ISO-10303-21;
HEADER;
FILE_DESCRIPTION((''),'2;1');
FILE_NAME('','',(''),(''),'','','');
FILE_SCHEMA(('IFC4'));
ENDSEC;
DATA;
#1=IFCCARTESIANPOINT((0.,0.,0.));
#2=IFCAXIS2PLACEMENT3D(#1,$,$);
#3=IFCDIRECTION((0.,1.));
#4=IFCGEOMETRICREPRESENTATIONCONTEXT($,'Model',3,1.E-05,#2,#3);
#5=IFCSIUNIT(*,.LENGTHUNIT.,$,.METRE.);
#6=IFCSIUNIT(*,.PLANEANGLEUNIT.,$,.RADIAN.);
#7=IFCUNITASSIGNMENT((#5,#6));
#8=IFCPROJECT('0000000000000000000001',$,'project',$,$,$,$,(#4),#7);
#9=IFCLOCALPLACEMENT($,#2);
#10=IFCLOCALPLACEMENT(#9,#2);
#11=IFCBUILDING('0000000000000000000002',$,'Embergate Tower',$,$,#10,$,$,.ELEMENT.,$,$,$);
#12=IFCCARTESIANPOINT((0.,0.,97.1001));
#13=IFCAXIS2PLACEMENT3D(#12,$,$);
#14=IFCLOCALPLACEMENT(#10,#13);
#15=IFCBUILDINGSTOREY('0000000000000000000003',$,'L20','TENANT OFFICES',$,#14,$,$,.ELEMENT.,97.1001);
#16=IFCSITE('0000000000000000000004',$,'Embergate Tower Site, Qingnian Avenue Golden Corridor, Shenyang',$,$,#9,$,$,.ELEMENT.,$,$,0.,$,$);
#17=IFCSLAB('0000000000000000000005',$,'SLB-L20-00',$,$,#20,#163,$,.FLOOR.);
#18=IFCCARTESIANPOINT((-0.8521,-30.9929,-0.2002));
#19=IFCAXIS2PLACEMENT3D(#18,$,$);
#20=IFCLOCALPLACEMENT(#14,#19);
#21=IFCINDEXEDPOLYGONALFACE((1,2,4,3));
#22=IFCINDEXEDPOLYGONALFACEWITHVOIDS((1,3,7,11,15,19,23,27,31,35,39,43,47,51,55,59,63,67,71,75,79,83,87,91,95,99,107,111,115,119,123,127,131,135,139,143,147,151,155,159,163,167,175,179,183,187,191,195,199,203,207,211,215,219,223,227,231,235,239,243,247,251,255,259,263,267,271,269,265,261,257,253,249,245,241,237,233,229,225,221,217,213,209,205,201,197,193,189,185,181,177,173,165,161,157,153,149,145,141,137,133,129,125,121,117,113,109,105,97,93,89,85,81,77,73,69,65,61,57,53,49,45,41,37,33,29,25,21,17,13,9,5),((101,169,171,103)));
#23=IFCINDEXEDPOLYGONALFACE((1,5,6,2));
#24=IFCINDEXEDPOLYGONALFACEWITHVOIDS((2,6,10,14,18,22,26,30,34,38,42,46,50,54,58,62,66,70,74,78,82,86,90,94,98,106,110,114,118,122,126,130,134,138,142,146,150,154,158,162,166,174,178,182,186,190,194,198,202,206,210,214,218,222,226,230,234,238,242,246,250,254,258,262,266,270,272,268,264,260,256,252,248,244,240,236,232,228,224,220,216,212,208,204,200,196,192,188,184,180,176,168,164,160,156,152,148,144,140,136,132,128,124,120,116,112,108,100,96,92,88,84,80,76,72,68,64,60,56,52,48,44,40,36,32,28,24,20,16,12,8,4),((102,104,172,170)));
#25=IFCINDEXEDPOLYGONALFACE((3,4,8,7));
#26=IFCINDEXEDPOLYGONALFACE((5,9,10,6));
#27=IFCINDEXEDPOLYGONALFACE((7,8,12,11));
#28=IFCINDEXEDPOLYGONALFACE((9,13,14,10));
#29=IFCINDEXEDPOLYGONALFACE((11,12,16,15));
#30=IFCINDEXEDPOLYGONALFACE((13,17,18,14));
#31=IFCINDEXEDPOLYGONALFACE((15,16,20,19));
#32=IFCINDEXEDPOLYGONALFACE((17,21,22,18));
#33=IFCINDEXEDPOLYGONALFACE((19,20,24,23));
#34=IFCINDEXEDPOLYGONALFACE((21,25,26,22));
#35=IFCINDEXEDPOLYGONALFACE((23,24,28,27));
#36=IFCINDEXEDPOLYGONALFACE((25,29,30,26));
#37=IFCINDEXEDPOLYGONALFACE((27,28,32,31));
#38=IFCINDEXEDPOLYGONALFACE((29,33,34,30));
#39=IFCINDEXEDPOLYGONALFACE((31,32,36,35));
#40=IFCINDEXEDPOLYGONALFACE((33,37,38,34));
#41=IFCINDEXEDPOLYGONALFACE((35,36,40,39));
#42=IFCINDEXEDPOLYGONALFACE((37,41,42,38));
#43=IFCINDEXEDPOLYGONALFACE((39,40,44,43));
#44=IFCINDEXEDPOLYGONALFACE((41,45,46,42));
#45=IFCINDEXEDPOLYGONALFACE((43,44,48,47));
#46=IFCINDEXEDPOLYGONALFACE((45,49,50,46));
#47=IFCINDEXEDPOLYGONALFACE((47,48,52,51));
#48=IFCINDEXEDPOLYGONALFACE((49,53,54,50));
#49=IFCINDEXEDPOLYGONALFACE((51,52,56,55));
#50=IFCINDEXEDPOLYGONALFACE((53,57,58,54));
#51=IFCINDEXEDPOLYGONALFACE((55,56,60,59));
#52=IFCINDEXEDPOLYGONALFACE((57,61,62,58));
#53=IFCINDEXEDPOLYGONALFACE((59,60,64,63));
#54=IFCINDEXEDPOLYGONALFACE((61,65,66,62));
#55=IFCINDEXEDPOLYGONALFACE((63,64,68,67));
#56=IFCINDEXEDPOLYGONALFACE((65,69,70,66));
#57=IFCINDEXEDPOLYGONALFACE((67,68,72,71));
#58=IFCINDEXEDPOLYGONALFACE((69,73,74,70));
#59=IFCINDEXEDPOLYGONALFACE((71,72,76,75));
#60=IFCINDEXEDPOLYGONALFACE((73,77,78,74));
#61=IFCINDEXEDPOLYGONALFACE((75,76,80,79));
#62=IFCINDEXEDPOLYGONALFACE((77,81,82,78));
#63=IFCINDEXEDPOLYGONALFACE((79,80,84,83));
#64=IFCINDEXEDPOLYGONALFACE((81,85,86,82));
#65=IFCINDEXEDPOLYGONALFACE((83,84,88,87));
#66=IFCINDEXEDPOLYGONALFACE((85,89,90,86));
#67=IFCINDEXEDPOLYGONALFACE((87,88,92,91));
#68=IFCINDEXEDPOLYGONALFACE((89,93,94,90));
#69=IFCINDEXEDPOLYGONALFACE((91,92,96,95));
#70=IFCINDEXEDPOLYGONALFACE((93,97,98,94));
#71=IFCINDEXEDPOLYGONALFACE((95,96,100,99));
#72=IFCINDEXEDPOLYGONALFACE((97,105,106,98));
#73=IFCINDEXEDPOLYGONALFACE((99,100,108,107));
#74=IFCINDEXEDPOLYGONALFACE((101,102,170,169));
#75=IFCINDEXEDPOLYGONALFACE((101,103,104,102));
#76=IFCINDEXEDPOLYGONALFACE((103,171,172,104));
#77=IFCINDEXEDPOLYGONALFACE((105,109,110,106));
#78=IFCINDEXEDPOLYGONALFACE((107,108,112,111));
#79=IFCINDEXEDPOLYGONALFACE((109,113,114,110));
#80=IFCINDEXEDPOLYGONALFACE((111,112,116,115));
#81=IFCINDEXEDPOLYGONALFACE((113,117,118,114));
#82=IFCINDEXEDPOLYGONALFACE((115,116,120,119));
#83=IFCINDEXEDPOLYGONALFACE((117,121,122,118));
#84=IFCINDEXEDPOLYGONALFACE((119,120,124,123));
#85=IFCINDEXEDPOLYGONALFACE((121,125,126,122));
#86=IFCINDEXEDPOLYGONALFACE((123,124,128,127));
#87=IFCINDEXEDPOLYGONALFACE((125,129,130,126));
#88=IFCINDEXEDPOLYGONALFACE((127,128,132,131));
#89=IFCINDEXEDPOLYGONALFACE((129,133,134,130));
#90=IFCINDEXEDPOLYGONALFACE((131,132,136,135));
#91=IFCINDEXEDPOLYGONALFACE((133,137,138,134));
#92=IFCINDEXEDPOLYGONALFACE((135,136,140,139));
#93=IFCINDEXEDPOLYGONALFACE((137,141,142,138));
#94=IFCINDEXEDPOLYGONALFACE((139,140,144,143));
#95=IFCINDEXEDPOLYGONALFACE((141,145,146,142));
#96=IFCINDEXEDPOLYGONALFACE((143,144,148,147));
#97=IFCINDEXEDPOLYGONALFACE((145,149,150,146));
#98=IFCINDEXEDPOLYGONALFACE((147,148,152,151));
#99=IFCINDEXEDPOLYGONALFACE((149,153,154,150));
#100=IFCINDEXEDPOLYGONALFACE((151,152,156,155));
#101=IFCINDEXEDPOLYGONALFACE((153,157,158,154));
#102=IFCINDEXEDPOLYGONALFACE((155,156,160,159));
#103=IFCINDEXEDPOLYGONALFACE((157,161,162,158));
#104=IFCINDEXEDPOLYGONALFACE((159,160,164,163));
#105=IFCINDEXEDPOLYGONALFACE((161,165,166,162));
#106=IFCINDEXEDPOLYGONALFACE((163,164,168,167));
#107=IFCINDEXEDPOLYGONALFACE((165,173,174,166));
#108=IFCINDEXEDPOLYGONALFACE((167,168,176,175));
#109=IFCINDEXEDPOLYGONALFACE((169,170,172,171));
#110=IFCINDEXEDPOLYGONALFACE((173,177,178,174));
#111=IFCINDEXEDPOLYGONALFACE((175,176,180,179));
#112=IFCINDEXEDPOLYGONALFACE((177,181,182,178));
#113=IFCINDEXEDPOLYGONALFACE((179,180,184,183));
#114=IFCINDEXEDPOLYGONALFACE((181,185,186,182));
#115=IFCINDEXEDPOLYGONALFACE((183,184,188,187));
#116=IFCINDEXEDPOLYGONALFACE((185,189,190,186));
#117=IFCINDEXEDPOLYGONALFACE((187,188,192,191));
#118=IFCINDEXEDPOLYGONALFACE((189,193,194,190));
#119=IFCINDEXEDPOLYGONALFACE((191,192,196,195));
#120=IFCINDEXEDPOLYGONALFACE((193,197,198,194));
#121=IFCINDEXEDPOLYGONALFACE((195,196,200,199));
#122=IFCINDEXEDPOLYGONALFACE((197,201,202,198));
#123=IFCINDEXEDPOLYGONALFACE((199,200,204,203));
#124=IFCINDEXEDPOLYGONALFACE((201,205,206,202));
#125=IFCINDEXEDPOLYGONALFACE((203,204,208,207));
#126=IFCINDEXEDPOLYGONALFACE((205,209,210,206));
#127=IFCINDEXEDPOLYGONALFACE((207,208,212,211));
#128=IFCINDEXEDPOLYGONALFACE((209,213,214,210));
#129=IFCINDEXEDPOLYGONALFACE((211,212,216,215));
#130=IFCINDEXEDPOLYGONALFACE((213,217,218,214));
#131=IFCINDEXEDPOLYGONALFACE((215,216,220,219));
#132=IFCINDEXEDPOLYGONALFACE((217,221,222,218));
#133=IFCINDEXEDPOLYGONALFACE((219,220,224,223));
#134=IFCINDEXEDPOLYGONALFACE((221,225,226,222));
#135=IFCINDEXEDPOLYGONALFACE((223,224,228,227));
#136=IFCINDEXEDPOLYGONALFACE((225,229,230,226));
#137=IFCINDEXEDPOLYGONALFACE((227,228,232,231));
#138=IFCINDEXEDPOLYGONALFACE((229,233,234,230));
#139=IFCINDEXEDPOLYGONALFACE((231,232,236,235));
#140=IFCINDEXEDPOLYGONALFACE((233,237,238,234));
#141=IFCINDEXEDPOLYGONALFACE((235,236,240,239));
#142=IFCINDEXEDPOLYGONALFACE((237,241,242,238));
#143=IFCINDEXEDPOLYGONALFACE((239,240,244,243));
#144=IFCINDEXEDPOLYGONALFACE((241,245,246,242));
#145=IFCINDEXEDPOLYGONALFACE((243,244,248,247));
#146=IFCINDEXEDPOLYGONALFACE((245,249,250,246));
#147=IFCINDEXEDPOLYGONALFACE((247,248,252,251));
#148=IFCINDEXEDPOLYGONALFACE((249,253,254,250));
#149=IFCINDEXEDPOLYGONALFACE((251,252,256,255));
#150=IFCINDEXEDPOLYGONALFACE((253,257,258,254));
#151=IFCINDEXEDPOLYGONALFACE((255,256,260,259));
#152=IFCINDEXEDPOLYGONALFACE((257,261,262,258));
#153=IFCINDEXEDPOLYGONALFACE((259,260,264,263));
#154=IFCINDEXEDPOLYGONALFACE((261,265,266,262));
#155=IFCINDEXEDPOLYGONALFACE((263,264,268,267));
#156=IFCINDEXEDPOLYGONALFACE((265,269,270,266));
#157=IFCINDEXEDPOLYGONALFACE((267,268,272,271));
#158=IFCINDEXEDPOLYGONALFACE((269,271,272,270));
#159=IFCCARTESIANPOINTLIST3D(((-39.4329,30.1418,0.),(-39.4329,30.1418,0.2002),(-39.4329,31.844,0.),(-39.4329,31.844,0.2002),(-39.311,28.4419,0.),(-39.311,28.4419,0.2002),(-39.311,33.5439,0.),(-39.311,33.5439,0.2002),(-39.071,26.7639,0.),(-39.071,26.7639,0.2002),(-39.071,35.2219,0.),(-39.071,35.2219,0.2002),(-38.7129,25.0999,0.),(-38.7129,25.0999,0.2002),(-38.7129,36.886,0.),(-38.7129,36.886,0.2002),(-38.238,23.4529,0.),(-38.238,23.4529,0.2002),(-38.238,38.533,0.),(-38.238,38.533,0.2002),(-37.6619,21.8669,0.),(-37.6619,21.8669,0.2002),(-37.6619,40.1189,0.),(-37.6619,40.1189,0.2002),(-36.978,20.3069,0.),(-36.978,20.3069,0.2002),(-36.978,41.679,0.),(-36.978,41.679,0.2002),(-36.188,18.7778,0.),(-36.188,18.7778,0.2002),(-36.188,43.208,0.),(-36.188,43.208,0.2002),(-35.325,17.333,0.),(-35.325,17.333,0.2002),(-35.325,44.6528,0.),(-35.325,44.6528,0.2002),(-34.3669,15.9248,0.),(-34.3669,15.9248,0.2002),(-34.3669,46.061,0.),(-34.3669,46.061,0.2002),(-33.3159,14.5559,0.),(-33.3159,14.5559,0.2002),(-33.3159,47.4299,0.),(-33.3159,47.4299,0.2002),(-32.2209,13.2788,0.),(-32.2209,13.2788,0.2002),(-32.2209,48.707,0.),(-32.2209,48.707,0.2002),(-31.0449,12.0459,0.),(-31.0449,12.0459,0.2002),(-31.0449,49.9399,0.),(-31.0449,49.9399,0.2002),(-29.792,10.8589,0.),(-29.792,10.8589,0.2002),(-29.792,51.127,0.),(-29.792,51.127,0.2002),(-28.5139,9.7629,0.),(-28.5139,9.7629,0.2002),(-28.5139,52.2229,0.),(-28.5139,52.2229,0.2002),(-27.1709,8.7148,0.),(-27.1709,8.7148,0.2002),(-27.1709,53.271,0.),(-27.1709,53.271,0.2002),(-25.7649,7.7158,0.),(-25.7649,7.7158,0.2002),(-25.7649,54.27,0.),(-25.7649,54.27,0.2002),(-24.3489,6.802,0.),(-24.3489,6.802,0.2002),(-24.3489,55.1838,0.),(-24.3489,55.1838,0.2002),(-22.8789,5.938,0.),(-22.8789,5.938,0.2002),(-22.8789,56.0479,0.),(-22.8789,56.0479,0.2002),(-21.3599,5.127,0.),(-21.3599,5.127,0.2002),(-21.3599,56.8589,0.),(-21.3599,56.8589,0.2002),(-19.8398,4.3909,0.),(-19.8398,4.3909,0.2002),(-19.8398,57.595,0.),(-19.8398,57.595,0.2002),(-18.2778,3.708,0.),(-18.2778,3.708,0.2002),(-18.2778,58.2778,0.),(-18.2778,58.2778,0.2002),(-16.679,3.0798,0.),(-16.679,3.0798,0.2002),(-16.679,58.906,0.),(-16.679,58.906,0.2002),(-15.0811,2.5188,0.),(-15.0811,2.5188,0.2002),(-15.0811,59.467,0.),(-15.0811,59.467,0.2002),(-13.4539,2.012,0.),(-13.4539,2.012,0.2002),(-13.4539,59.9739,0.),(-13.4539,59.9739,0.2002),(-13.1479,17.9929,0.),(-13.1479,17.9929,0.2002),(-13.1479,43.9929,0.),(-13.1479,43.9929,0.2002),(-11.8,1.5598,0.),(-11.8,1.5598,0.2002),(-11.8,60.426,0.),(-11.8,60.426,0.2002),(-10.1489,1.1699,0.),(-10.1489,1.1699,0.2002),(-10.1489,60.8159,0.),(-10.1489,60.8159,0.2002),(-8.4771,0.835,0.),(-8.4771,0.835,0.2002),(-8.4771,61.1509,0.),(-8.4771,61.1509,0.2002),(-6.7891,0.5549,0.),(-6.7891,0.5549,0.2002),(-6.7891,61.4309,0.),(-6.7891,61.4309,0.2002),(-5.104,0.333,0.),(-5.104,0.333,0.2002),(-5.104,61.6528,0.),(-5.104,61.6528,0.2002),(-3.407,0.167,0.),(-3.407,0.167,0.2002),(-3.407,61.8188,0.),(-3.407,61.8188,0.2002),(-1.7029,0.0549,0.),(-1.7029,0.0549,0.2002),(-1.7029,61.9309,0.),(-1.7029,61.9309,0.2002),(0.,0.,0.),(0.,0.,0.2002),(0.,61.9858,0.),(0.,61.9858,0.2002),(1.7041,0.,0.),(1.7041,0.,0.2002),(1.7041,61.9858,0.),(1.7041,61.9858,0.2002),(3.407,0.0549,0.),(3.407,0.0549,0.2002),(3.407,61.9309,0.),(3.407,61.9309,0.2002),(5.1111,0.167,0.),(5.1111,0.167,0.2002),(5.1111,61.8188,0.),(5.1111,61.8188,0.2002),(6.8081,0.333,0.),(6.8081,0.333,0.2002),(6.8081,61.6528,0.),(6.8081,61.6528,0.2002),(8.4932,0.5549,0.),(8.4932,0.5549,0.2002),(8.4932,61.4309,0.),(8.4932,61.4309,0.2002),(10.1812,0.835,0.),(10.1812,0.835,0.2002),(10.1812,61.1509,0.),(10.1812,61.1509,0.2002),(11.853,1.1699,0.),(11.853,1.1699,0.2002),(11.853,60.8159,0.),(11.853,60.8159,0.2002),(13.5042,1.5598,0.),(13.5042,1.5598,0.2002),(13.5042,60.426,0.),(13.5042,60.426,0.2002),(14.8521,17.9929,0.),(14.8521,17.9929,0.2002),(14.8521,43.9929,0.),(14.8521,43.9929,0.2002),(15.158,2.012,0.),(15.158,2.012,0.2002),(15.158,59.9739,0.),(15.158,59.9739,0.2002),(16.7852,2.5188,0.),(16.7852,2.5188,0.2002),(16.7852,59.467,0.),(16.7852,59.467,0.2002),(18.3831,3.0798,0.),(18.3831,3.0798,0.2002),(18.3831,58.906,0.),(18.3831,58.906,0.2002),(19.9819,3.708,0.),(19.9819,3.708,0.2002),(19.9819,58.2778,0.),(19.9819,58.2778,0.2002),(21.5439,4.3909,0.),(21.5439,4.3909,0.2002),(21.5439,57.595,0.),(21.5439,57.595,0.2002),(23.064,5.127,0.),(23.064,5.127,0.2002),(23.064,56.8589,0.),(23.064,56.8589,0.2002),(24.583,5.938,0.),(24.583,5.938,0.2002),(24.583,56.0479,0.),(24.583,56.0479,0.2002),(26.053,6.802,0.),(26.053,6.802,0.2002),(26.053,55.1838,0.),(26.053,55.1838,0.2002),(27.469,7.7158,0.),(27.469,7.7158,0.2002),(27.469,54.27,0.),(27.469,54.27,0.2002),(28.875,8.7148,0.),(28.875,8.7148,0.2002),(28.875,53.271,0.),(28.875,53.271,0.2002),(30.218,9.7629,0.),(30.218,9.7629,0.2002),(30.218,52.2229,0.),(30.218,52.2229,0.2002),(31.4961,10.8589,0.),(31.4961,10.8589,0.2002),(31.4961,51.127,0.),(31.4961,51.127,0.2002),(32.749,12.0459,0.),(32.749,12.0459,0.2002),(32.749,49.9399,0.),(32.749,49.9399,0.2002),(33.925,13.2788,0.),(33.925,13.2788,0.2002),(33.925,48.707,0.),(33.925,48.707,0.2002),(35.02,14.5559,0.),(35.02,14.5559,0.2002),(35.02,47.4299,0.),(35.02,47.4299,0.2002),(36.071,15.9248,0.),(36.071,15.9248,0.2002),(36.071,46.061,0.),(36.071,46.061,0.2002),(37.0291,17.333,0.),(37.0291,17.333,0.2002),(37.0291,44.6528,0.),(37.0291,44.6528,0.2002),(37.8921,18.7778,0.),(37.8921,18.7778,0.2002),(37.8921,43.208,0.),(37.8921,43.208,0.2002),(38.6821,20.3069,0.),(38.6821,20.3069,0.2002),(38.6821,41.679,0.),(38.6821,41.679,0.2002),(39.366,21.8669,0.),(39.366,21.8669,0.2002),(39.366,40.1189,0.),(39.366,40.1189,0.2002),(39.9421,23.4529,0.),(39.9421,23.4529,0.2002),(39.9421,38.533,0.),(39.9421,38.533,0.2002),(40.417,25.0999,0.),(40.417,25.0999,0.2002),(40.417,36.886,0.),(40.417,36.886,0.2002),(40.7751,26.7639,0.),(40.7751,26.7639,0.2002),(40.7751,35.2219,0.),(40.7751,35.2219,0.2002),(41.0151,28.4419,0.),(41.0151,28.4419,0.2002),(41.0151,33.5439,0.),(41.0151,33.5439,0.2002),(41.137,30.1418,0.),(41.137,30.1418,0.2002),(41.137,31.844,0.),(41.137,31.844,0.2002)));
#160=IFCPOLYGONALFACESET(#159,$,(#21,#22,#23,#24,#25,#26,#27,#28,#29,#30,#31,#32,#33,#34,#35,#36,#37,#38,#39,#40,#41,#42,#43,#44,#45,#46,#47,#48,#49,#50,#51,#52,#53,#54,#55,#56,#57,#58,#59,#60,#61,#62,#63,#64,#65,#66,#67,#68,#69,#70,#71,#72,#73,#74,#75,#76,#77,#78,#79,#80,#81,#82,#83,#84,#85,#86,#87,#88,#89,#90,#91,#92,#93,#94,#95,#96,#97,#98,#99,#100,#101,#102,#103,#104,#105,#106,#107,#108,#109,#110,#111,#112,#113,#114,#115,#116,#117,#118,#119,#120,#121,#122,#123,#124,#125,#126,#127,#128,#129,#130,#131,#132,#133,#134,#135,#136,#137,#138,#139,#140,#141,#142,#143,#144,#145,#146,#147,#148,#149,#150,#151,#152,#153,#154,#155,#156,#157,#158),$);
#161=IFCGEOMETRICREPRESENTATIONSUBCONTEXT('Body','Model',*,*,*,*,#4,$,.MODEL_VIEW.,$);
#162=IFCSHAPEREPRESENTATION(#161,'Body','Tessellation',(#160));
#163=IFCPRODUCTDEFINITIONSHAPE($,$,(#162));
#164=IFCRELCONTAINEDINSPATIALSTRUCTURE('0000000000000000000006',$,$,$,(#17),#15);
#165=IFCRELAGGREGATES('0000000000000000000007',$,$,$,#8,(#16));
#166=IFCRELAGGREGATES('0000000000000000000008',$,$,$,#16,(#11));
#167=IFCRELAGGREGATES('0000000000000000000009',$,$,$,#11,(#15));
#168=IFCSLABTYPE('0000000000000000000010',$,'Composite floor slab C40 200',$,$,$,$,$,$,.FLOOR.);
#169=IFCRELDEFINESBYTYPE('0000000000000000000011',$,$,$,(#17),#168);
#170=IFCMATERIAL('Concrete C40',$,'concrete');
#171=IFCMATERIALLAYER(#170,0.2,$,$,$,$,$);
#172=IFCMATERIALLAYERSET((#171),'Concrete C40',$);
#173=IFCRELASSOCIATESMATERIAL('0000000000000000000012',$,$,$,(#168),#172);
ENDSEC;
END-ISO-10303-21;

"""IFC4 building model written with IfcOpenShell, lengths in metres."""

from ifc_helpers import new_model, si_unit, direction, frame, origin, place, context, subcontext, project, spatial, polyline, outline, extrude, source, transform, mapped, material, layer, layer_set, type_object, element, save


model = new_model("IFC4")

# Units and contexts
model_context = context("Model", 3, precision=1e-05, world=origin(), true_north=direction((0.0, 1.0)))
body_context = subcontext(model_context, "Body", "Model", "MODEL_VIEW")
ifc_project = project(units=[si_unit("LENGTHUNIT", "METRE"), si_unit("PLANEANGLEUNIT", "RADIAN")], contexts=[model_context])

# Site, building, storey
site_placement = place(None, origin())
site = spatial("IfcSite", under=ifc_project, at=site_placement, Name="Embergate Tower Site, Qingnian Avenue Golden Corridor, Shenyang", CompositionType="ELEMENT", RefElevation=0.0)
building_placement = place(site_placement, origin())
building = spatial("IfcBuilding", under=site, at=building_placement, Name="Embergate Tower", CompositionType="ELEMENT")
storey_placement = place(building_placement, frame((0.0, 0.0, 97.1001)))
storey = spatial("IfcBuildingStorey", under=building, at=storey_placement, Name="L20", Description="TENANT OFFICES", CompositionType="ELEMENT", Elevation=97.1001)

# Slab
ifc_material_1 = material(Name="Concrete C40", Category="concrete")
ifc_layer_1 = layer(ifc_material_1, 0.2)
ifc_layer_set_1 = layer_set([ifc_layer_1], Name="Concrete C40")
slab_type = type_object("IfcSlabType", Name="Composite floor slab C40 200", PredefinedType="FLOOR", material=ifc_layer_set_1)
shared_shape_1 = source(origin(), body_context, "Body", "SweptSolid", [
    extrude(outline(polyline([(0.0, 0.0), (1.7041, 0.0), (3.407, 0.0549), (5.1111, 0.167), (6.8081, 0.333), (8.4932, 0.5549), (10.1812, 0.835), (11.853, 1.1699), (13.5042, 1.5598), (15.158, 2.012), (16.7852, 2.5188), (18.3831, 3.0798), (19.9819, 3.708), (21.5439, 4.3909), (23.064, 5.127), (24.583, 5.938), (26.053, 6.802), (27.469, 7.7158), (28.875, 8.7148), (30.218, 9.7629), (31.4961, 10.8589), (32.749, 12.0459), (33.925, 13.2788), (35.02, 14.5559), (36.071, 15.9248), (37.0291, 17.333), (37.8921, 18.7778), (38.6821, 20.3069), (39.366, 21.8669), (39.9421, 23.4529), (40.417, 25.0999), (40.7751, 26.7639), (41.0151, 28.4419), (41.137, 30.1418), (41.137, 31.844), (41.0151, 33.5439), (40.7751, 35.2219), (40.417, 36.886), (39.9421, 38.533), (39.366, 40.1189), (38.6821, 41.679), (37.8921, 43.208), (37.0291, 44.6528), (36.071, 46.061), (35.02, 47.4299), (33.925, 48.707), (32.749, 49.9399), (31.4961, 51.127), (30.218, 52.2229), (28.875, 53.271), (27.469, 54.27), (26.053, 55.1838), (24.583, 56.0479), (23.064, 56.8589), (21.5439, 57.595), (19.9819, 58.2778), (18.3831, 58.906), (16.7852, 59.467), (15.158, 59.9739), (13.5042, 60.426), (11.853, 60.8159), (10.1812, 61.1509), (8.4932, 61.4309), (6.8081, 61.6528), (5.1111, 61.8188), (3.407, 61.9309), (1.7041, 61.9858), (0.0, 61.9858), (-1.7029, 61.9309), (-3.407, 61.8188), (-5.104, 61.6528), (-6.7891, 61.4309), (-8.4771, 61.1509), (-10.1489, 60.8159), (-11.8, 60.426), (-13.4539, 59.9739), (-15.0811, 59.467), (-16.679, 58.906), (-18.2778, 58.2778), (-19.8398, 57.595), (-21.3599, 56.8589), (-22.8789, 56.0479), (-24.3489, 55.1838), (-25.7649, 54.27), (-27.1709, 53.271), (-28.5139, 52.2229), (-29.792, 51.127), (-31.0449, 49.9399), (-32.2209, 48.707), (-33.3159, 47.4299), (-34.3669, 46.061), (-35.325, 44.6528), (-36.188, 43.208), (-36.978, 41.679), (-37.6619, 40.1189), (-38.238, 38.533), (-38.7129, 36.886), (-39.071, 35.2219), (-39.311, 33.5439), (-39.4329, 31.844), (-39.4329, 30.1418), (-39.311, 28.4419), (-39.071, 26.7639), (-38.7129, 25.0999), (-38.238, 23.4529), (-37.6619, 21.8669), (-36.978, 20.3069), (-36.188, 18.7778), (-35.325, 17.333), (-34.3669, 15.9248), (-33.3159, 14.5559), (-32.2209, 13.2788), (-31.0449, 12.0459), (-29.792, 10.8589), (-28.5139, 9.7629), (-27.1709, 8.7148), (-25.7649, 7.7158), (-24.3489, 6.802), (-22.8789, 5.938), (-21.3599, 5.127), (-19.8398, 4.3909), (-18.2778, 3.708), (-16.679, 3.0798), (-15.0811, 2.5188), (-13.4539, 2.012), (-11.8, 1.5598), (-10.1489, 1.1699), (-8.4771, 0.835), (-6.7891, 0.5549), (-5.104, 0.333), (-3.407, 0.167), (-1.7029, 0.0549), (0.0, 0.0)]), holes=[polyline([(-13.1479, 17.9929), (-13.1479, 43.9929), (14.8521, 43.9929), (14.8521, 17.9929), (-13.1479, 17.9929)])]), origin(), (0.0, 0.0, 1.0), 0.2002),
])
slab_placement = place(storey_placement, frame((-0.8521, -30.9929, -0.2002)))
element("IfcSlab", 1, at=slab_placement, inside=storey, type_object=slab_type, Name="SLB-L20-00", PredefinedType="FLOOR", context=body_context, shape_type="MappedRepresentation", body=[
    mapped(shared_shape_1, transform((0.0, 0.0, 0.0))),
])

save(model, "model.ifc")
